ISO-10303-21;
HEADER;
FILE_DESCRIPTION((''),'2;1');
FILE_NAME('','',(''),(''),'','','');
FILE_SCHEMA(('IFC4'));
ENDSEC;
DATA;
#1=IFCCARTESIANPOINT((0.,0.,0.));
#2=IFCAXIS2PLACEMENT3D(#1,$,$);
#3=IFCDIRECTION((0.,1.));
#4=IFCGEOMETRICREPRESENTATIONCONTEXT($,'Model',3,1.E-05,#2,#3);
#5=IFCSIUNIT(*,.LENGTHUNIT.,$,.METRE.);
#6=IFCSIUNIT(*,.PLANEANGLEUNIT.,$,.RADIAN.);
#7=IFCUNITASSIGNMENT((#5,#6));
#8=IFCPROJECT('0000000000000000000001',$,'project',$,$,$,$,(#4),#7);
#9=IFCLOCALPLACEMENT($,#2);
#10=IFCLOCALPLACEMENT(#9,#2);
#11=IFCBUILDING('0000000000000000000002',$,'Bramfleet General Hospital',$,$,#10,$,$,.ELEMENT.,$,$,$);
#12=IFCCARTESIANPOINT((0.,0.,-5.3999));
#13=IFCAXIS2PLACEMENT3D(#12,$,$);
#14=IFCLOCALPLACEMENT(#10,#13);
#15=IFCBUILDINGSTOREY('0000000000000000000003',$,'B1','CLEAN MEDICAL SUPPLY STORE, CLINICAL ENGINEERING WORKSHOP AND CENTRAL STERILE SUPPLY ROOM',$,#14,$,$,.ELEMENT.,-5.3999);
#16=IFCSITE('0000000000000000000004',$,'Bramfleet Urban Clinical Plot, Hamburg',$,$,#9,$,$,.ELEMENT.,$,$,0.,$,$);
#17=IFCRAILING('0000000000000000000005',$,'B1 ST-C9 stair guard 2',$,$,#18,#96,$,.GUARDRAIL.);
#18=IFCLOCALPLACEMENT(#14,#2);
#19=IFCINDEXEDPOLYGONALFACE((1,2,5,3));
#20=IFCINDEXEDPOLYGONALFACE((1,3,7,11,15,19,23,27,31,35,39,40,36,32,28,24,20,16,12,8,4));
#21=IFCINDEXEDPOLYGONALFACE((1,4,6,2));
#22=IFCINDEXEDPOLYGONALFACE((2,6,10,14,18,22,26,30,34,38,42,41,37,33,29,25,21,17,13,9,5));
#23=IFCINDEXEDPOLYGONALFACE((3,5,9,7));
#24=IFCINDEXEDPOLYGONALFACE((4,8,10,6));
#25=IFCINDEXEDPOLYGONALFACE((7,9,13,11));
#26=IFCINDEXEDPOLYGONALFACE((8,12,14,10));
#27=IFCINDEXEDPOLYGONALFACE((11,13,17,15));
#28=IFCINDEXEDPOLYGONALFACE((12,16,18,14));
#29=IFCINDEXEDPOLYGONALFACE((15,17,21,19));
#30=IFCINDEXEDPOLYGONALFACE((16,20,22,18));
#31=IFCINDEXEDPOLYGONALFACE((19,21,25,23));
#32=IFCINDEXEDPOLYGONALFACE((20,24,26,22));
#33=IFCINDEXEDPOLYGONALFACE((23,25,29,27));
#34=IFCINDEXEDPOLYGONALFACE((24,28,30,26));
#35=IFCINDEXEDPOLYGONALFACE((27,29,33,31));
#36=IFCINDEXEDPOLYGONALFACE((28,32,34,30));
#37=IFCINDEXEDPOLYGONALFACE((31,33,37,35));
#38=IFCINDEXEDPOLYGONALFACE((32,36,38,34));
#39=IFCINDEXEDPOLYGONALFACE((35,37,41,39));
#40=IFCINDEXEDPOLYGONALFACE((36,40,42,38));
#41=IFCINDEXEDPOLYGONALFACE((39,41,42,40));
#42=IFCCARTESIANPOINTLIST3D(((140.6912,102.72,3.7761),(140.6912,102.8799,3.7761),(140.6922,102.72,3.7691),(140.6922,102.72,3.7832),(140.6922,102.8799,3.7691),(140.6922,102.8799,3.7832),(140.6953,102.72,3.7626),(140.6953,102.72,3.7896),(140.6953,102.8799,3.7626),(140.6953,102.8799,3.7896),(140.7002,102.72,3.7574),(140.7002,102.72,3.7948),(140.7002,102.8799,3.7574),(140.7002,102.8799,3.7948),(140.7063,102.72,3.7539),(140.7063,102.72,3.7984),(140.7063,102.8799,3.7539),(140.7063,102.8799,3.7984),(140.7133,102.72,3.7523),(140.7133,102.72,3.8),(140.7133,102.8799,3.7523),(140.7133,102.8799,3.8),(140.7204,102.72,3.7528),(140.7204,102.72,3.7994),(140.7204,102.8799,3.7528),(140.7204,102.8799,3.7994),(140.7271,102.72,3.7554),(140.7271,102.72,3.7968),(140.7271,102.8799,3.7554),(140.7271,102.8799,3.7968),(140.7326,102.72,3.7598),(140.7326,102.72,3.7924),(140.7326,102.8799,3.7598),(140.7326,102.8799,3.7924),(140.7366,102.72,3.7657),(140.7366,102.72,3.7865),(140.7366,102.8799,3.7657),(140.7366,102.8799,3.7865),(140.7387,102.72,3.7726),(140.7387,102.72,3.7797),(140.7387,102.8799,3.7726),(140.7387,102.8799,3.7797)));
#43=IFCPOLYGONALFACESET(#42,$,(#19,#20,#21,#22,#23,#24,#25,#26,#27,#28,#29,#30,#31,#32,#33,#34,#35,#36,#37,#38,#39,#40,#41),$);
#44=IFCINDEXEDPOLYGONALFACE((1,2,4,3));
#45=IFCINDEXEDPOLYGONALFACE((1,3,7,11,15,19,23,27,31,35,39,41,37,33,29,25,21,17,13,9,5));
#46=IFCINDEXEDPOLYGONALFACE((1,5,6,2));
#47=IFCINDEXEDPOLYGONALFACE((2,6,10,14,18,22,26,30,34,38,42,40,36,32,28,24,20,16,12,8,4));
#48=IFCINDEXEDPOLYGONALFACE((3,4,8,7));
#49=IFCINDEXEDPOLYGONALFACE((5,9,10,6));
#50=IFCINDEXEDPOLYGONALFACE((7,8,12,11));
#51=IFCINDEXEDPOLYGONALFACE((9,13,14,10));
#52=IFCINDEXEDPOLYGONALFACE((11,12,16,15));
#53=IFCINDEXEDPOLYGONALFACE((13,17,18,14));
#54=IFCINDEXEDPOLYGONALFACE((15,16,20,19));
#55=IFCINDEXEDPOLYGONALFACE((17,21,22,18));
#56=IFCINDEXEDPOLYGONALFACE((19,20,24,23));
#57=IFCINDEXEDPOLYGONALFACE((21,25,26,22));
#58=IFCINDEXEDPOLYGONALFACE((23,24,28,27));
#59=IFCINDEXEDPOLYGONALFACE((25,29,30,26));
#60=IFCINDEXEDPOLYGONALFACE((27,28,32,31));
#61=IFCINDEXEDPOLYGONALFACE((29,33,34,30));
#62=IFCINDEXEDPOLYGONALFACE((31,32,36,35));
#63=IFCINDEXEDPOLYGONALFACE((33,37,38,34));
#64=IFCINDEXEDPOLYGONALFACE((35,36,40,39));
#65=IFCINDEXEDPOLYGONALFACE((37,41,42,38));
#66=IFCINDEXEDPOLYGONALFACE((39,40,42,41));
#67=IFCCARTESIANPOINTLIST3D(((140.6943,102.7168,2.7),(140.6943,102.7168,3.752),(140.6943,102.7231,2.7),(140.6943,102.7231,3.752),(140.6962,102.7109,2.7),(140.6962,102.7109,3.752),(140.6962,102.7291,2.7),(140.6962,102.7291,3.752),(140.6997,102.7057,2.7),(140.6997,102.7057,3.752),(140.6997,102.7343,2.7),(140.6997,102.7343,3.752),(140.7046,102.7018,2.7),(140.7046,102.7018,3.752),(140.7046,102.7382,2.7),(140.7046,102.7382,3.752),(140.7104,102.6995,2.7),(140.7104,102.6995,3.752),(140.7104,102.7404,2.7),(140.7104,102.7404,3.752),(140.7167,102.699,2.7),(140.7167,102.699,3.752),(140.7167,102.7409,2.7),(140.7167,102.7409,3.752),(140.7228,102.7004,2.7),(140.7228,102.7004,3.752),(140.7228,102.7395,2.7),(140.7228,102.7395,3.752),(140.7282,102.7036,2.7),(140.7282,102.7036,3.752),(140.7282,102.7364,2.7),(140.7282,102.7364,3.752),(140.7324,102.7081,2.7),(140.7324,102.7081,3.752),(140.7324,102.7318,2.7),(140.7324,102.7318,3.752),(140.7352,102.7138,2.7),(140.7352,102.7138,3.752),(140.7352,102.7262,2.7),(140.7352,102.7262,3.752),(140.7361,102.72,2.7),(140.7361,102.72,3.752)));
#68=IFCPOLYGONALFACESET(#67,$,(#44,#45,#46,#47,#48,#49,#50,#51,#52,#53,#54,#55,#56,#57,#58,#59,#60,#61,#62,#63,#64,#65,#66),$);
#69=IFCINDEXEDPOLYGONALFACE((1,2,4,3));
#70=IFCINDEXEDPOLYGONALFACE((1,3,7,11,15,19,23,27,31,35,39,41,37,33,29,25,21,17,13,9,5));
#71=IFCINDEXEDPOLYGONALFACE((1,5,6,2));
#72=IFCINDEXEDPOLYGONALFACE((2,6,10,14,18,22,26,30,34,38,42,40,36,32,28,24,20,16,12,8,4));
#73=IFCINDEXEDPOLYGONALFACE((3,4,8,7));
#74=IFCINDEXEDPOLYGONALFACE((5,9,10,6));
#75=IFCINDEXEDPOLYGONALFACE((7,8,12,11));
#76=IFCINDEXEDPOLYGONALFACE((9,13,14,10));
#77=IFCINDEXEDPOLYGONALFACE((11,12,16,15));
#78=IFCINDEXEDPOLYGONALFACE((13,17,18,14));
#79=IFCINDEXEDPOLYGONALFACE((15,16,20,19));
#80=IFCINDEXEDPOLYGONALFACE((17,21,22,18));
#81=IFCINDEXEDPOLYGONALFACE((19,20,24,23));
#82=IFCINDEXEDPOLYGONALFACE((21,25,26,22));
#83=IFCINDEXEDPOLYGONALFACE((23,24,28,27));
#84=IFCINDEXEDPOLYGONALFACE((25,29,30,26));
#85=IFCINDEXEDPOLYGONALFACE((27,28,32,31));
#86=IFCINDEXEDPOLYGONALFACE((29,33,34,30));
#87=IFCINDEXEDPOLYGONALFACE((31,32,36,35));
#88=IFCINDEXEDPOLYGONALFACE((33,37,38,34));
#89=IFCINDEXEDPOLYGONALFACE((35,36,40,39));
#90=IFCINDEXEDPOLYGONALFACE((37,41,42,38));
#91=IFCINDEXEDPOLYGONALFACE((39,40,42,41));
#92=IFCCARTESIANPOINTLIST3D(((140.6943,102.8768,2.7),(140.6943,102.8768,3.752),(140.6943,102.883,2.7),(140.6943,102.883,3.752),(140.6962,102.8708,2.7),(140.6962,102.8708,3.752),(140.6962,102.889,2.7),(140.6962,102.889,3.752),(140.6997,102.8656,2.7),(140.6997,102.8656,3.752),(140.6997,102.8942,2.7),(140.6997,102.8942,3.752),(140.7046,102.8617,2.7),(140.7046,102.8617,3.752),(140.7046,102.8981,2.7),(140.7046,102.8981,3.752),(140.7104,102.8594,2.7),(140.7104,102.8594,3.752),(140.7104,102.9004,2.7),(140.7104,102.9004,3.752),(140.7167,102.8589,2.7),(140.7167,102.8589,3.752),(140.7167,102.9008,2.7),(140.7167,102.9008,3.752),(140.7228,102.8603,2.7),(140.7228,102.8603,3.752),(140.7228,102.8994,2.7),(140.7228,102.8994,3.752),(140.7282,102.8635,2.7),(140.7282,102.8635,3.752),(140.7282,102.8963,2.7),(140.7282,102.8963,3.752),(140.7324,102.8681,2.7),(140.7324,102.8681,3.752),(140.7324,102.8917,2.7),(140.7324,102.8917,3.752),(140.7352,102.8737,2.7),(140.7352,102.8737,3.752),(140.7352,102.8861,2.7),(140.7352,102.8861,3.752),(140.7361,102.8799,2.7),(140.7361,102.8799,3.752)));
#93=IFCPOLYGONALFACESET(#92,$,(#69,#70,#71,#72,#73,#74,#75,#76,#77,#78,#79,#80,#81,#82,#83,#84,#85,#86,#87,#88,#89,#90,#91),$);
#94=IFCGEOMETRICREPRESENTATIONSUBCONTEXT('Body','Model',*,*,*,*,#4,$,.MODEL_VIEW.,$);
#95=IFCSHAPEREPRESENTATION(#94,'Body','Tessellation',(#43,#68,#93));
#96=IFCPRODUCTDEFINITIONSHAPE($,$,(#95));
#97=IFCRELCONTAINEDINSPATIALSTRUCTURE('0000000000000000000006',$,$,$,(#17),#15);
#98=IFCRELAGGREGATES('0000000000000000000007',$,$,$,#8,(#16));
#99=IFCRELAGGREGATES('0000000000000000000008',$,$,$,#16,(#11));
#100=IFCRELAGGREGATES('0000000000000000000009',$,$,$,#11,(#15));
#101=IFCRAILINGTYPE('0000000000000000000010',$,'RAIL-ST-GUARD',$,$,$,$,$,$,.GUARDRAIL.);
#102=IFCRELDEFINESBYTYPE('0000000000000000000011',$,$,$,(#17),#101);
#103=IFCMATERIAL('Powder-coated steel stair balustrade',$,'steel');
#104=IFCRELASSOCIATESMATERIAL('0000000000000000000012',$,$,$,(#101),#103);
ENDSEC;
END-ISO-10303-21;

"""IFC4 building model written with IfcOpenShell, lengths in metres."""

from ifc_helpers import new_model, si_unit, direction, frame, origin, origin_2d, place, context, subcontext, project, spatial, circle, extrude, material, type_object, element, save


model = new_model("IFC4")

# Units and contexts
model_context = context("Model", 3, precision=1e-05, world=origin(), true_north=direction((0.0, 1.0)))
body_context = subcontext(model_context, "Body", "Model", "MODEL_VIEW")
ifc_project = project(units=[si_unit("LENGTHUNIT", "METRE"), si_unit("PLANEANGLEUNIT", "RADIAN")], contexts=[model_context])

# Site, building, storey
site_placement = place(None, origin())
site = spatial("IfcSite", under=ifc_project, at=site_placement, Name="Bramfleet Urban Clinical Plot, Hamburg", CompositionType="ELEMENT", RefElevation=0.0)
building_placement = place(site_placement, origin())
building = spatial("IfcBuilding", under=site, at=building_placement, Name="Bramfleet General Hospital", CompositionType="ELEMENT")
storey_placement = place(building_placement, frame((0.0, 0.0, -5.3999)))
storey = spatial("IfcBuildingStorey", under=building, at=storey_placement, Name="B1", Description="CLEAN MEDICAL SUPPLY STORE, CLINICAL ENGINEERING WORKSHOP AND CENTRAL STERILE SUPPLY ROOM", CompositionType="ELEMENT", Elevation=-5.3999)

# Railing
ifc_material_1 = material(Name="Powder-coated steel stair balustrade", Category="steel")
railing_type_1 = type_object("IfcRailingType", Name="RAIL-ST-GUARD", PredefinedType="GUARDRAIL", material=ifc_material_1)
railing_1_placement = place(storey_placement, frame((140.7151, 102.72, 2.7)))
element("IfcRailing", 1, at=railing_1_placement, inside=storey, type_object=railing_type_1, Name="B1 ST-C9 stair guard 2", PredefinedType="GUARDRAIL", context=body_context, shape_type="SweptSolid", body=[
    extrude(circle(Radius=0.0239, at=origin_2d()), frame((0.0, 0.0, 1.0762), z_axis=(0.0, 1.0, 0.0), x_axis=(-1.0, 0.0, 0.0)), (0.0, 0.0, 1.0), 0.1599),
    extrude(circle(Radius=0.021, at=origin_2d()), origin(), (0.0, 0.0, 1.0), 1.052),
    extrude(circle(Radius=0.021, at=origin_2d()), frame((0.0, 0.1599, 0.0)), (0.0, 0.0, 1.0), 1.052),
])

save(model, "model.ifc")
